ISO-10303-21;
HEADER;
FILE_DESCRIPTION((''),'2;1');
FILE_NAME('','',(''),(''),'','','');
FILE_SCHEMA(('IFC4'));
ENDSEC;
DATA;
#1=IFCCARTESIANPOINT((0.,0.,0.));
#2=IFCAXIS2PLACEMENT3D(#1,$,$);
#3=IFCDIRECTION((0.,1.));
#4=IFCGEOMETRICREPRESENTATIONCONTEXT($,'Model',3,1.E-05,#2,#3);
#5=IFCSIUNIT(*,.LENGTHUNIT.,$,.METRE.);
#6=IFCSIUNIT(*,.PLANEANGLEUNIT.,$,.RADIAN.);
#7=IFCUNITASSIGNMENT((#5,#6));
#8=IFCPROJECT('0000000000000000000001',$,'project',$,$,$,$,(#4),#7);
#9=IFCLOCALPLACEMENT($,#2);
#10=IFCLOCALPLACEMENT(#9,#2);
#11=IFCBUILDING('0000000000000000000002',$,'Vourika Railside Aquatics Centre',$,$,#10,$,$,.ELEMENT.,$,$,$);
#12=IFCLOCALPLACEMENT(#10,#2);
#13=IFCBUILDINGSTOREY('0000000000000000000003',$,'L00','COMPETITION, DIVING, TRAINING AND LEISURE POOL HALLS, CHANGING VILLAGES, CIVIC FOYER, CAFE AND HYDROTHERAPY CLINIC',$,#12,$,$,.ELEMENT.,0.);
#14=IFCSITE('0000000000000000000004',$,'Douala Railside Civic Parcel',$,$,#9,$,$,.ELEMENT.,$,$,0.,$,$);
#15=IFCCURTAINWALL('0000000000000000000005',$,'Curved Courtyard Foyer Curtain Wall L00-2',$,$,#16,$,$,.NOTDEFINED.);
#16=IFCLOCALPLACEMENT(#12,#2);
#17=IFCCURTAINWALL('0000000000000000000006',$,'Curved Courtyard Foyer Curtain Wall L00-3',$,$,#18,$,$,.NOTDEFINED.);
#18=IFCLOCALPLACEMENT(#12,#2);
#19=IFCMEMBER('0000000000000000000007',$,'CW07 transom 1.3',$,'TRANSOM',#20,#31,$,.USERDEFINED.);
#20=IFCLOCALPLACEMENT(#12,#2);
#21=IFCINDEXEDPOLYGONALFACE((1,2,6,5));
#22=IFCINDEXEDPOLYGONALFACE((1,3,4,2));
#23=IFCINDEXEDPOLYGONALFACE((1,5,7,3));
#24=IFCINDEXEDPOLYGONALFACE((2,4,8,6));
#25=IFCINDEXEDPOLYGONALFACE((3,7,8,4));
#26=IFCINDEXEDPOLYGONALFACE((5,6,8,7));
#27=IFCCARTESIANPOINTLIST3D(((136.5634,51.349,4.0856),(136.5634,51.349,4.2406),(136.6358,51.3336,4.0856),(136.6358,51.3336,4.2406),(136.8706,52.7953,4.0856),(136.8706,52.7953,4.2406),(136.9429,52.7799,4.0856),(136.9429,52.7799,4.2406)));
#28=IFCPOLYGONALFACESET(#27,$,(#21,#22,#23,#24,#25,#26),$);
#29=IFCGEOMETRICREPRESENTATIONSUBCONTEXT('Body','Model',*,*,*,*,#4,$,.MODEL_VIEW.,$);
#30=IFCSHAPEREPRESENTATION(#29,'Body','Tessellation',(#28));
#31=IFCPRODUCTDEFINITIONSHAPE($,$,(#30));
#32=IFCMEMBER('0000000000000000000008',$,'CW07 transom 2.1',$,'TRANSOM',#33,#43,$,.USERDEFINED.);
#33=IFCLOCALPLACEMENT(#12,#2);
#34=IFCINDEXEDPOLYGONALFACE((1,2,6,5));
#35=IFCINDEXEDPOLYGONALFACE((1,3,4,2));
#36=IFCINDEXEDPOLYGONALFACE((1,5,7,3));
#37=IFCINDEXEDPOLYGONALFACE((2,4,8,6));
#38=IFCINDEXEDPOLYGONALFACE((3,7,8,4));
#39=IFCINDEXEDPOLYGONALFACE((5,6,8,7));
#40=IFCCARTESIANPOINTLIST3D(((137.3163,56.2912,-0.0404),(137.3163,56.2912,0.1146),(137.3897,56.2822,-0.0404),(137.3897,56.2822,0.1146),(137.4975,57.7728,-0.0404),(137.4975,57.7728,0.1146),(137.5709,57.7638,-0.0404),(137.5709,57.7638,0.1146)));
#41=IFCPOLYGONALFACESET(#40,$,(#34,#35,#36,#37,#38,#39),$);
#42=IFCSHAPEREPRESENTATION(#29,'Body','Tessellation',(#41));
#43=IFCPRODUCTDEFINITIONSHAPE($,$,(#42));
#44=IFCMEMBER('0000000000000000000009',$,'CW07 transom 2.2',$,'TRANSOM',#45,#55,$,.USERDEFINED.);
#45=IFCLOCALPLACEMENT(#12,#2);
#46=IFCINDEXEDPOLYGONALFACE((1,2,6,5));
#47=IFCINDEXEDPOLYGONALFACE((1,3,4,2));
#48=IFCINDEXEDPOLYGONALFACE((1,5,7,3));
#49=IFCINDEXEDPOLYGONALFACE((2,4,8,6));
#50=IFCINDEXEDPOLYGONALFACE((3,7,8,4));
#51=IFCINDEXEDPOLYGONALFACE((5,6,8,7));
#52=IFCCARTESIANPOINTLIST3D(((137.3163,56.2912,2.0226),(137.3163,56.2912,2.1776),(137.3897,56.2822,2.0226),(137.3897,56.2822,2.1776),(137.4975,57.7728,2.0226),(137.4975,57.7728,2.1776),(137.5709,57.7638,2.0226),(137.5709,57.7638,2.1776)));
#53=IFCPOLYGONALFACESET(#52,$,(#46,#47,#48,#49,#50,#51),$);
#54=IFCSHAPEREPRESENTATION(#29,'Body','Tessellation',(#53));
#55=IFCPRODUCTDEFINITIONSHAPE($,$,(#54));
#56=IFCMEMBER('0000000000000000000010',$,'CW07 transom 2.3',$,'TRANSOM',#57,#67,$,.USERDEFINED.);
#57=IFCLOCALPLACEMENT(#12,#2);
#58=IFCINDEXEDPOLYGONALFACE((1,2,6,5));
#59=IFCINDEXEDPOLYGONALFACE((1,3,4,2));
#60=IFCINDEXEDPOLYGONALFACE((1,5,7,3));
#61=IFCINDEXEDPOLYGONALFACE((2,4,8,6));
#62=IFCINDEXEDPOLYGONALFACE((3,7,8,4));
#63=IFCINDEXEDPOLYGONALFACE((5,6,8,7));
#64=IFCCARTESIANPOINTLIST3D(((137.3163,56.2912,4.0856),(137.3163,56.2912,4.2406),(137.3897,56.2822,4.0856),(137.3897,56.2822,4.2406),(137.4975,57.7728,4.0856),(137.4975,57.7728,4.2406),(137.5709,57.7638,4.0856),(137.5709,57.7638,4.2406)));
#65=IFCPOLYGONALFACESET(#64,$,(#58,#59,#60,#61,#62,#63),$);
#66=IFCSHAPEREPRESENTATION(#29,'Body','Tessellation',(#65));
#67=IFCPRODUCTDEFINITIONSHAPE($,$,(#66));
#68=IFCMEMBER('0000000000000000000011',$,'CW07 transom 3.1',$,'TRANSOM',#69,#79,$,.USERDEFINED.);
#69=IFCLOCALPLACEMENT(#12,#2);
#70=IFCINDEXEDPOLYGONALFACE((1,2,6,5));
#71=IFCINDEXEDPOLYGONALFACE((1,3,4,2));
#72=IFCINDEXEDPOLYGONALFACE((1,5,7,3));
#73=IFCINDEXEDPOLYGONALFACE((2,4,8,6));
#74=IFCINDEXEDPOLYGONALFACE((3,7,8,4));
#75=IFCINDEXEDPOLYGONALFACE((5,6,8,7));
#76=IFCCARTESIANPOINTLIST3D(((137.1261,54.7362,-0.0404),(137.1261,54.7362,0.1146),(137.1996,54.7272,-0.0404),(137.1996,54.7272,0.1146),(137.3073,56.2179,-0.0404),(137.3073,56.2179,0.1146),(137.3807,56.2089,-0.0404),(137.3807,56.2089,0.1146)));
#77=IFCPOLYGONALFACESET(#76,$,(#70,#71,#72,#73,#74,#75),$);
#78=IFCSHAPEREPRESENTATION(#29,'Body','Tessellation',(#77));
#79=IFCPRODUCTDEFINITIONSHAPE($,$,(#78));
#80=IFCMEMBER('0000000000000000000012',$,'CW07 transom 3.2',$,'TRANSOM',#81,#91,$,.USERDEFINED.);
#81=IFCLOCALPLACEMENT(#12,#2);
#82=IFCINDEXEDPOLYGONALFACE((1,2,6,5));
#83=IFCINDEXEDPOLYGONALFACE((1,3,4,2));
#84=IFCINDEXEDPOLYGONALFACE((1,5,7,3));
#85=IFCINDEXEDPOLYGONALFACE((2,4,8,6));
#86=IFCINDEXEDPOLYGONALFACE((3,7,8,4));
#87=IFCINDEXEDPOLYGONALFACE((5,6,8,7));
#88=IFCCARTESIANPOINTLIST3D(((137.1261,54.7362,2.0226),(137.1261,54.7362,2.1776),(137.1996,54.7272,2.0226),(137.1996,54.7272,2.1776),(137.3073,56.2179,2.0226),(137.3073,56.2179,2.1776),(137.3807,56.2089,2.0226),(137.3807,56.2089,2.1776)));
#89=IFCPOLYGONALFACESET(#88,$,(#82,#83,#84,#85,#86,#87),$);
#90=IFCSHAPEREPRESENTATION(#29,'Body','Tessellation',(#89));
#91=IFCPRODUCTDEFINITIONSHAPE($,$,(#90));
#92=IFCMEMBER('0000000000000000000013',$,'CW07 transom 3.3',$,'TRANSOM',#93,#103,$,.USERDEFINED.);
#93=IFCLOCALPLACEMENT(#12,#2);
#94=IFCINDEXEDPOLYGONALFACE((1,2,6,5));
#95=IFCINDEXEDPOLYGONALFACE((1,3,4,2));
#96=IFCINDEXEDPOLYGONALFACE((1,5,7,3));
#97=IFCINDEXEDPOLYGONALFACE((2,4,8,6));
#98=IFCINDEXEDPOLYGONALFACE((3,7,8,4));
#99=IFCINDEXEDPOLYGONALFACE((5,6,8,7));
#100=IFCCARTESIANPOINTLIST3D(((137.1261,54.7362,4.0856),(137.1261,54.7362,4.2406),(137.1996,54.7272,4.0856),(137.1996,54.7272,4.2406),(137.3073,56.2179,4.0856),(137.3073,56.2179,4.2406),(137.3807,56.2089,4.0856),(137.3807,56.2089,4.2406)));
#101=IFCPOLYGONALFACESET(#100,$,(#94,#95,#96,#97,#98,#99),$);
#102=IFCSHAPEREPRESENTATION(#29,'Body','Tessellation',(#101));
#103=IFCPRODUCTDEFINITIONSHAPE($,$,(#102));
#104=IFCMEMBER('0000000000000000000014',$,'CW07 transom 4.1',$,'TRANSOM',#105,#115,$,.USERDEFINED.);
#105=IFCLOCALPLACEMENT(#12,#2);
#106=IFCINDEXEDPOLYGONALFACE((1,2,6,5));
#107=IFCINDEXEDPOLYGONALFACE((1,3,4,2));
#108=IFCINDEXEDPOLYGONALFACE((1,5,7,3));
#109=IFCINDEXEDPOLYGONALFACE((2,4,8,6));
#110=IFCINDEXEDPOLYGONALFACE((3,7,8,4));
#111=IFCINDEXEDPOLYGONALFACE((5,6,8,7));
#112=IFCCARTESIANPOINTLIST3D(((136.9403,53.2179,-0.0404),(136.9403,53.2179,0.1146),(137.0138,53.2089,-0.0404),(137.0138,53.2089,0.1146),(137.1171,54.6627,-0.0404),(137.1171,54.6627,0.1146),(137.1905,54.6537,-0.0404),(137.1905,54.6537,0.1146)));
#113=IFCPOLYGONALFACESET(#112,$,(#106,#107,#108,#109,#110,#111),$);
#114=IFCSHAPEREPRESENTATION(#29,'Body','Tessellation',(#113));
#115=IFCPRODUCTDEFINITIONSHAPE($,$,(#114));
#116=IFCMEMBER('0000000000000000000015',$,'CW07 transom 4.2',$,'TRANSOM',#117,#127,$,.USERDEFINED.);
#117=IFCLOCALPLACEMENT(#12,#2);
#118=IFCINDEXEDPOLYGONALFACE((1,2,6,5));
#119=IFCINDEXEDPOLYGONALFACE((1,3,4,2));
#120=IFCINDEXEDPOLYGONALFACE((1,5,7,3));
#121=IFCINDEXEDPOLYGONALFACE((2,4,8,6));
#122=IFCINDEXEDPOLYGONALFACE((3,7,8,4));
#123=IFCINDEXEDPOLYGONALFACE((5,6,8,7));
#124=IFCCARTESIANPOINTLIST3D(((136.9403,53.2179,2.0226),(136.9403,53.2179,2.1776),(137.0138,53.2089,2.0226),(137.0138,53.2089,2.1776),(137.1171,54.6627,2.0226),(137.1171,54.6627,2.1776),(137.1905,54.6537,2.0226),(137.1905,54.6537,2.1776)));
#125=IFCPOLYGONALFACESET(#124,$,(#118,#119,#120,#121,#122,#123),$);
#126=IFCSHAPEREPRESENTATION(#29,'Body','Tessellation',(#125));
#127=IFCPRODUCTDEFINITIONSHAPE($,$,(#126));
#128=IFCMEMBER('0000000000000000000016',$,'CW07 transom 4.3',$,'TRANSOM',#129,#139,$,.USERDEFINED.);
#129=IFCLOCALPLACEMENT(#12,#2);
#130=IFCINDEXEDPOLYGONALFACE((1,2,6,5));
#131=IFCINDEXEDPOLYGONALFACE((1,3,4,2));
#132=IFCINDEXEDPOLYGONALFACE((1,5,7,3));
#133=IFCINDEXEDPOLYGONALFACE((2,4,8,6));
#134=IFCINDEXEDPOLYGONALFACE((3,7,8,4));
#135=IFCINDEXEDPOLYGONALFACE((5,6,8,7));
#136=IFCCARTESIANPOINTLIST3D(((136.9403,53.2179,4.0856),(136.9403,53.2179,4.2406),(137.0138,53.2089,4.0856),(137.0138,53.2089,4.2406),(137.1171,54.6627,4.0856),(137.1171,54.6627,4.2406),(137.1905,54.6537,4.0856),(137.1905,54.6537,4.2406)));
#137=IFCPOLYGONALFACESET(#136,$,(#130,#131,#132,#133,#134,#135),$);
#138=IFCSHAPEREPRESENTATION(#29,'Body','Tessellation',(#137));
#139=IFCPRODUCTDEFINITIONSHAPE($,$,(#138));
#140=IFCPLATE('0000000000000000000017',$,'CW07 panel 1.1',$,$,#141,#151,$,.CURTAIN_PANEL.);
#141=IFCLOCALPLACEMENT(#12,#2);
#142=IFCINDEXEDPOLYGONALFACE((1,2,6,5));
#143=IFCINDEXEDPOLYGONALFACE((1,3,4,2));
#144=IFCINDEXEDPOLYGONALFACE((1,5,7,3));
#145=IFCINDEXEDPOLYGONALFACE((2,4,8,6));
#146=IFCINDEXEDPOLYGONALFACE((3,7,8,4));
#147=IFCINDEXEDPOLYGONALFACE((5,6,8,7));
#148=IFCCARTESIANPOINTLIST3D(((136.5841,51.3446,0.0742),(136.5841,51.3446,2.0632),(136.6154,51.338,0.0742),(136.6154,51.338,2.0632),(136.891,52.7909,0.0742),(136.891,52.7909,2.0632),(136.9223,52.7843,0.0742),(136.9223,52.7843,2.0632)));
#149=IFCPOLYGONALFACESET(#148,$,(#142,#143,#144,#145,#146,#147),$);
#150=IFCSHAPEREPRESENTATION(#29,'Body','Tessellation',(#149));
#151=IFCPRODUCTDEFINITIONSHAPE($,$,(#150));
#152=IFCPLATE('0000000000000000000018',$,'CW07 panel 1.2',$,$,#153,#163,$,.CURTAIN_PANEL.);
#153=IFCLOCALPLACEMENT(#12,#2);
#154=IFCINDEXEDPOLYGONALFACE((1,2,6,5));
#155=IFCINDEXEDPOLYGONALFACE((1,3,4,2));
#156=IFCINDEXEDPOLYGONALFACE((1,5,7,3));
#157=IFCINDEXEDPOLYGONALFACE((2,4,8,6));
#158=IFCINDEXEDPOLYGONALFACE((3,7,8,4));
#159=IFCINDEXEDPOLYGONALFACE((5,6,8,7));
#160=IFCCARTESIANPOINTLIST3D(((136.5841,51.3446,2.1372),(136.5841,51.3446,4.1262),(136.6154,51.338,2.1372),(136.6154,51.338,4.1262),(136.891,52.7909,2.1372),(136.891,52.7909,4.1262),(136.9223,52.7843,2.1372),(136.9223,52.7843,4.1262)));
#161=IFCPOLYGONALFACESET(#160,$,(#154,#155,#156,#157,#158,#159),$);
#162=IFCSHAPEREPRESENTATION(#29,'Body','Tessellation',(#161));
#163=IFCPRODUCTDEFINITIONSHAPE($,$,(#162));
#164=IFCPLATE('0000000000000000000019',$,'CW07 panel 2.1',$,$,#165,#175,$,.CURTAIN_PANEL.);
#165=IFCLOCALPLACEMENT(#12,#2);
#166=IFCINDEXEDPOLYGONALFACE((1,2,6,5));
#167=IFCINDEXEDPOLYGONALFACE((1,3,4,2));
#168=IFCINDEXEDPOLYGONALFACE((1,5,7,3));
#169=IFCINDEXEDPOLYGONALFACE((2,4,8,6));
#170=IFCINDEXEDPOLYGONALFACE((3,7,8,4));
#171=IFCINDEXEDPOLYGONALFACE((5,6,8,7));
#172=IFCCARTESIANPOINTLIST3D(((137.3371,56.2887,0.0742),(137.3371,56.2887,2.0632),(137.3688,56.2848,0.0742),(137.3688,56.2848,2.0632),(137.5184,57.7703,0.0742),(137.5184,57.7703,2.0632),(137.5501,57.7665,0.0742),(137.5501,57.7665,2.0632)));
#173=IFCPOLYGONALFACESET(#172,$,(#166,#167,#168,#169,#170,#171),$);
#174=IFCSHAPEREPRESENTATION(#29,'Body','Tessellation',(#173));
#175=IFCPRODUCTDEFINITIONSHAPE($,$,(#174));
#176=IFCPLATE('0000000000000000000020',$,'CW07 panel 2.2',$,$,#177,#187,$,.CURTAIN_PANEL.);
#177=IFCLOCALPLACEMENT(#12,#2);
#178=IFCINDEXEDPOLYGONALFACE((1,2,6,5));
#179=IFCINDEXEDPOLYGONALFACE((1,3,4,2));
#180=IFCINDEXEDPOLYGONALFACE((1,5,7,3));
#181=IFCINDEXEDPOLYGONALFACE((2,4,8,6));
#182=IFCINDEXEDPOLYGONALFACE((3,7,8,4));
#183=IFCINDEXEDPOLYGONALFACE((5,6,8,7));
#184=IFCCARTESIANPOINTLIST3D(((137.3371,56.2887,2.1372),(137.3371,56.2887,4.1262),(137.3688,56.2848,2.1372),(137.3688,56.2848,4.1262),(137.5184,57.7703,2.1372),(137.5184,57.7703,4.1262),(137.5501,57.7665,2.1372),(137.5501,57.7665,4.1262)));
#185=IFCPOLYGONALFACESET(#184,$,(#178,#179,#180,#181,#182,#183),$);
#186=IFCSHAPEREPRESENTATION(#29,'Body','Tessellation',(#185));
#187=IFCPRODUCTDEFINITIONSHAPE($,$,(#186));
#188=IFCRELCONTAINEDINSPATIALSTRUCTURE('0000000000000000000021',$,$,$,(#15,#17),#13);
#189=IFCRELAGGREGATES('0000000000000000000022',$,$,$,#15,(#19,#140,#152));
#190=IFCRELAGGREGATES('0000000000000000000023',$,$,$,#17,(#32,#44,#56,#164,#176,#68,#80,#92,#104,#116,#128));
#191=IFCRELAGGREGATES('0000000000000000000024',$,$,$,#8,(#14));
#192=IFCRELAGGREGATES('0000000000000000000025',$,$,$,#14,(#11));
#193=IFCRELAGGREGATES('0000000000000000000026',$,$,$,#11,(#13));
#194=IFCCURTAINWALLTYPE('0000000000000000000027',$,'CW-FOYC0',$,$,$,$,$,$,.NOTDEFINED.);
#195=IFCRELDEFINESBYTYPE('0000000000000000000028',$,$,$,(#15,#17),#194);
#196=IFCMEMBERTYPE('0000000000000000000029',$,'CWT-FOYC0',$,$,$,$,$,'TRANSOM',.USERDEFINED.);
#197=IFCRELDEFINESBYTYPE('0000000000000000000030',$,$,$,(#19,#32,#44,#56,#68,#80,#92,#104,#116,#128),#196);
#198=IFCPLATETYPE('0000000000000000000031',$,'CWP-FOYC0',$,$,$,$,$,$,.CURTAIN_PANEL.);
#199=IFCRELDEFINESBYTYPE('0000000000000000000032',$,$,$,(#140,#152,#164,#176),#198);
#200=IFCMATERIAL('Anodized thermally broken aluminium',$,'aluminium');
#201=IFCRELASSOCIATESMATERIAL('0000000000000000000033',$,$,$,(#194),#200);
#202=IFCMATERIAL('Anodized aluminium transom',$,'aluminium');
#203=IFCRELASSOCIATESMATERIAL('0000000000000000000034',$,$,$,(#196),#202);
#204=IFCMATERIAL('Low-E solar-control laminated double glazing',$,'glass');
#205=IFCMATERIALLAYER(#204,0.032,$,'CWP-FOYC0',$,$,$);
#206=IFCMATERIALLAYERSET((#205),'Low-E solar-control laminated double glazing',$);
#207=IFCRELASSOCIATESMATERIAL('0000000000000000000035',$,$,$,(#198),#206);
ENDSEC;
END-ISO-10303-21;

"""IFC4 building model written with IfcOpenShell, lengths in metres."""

from ifc_helpers import new_model, si_unit, direction, frame, origin, origin_2d, place, context, subcontext, project, spatial, rectangle, extrude, material, layer, layer_set, material_profile, profile_set, type_object, element, aggregate, save


model = new_model("IFC4")

# Units and contexts
model_context = context("Model", 3, precision=1e-05, world=origin(), true_north=direction((0.0, 1.0)))
body_context = subcontext(model_context, "Body", "Model", "MODEL_VIEW")
ifc_project = project(units=[si_unit("LENGTHUNIT", "METRE"), si_unit("PLANEANGLEUNIT", "RADIAN")], contexts=[model_context])

# Site, building, storey
site_placement = place(None, origin())
site = spatial("IfcSite", under=ifc_project, at=site_placement, Name="Douala Railside Civic Parcel", CompositionType="ELEMENT", RefElevation=0.0)
building_placement = place(site_placement, origin())
building = spatial("IfcBuilding", under=site, at=building_placement, Name="Vourika Railside Aquatics Centre", CompositionType="ELEMENT")
storey_placement = place(building_placement, origin())
storey = spatial("IfcBuildingStorey", under=building, at=storey_placement, Name="L00", Description="COMPETITION, DIVING, TRAINING AND LEISURE POOL HALLS, CHANGING VILLAGES, CIVIC FOYER, CAFE AND HYDROTHERAPY CLINIC", CompositionType="ELEMENT", Elevation=0.0)

# Curtain wall
ifc_material_1 = material(Name="Anodized thermally broken aluminium", Category="aluminium")
curtain_wall_type = type_object("IfcCurtainWallType", Name="CW-FOYC0", PredefinedType="NOTDEFINED", material=ifc_material_1)
curtain_wall_1_placement = place(storey_placement, origin())
curtain_wall_1 = element("IfcCurtainWall", 1, at=curtain_wall_1_placement, inside=storey, type_object=curtain_wall_type, Name="Curved Courtyard Foyer Curtain Wall L00-2", PredefinedType="NOTDEFINED")

# Curtain wall
curtain_wall_2_placement = place(storey_placement, origin())
curtain_wall_2 = element("IfcCurtainWall", 2, at=curtain_wall_2_placement, inside=storey, type_object=curtain_wall_type, Name="Curved Courtyard Foyer Curtain Wall L00-3", PredefinedType="NOTDEFINED")

# Members
ifc_material_2 = material(Name="Anodized aluminium transom", Category="aluminium")
ifc_material_profile_1 = material_profile(ifc_material_2, rectangle(XDim=0.074, YDim=0.155, at=origin_2d()), Name="ALU-T 74x155")
ifc_profile_set_1 = profile_set([ifc_material_profile_1], Name="Anodized aluminium transom")
member_type_1 = type_object("IfcMemberType", Name="CWT-FOYC0", ElementType="TRANSOM", PredefinedType="USERDEFINED", material=ifc_profile_set_1)
member_1_placement = place(storey_placement, frame((136.9067, 52.7876, 4.1631), z_axis=(-0.207724, -0.978187, 0.0), x_axis=(0.978187, -0.207724, 0.0)))
member_1 = element("IfcMember", 3, at=member_1_placement, type_object=member_type_1, Name="CW07 transom 1.3", ObjectType="TRANSOM", PredefinedType="USERDEFINED", context=body_context, shape_type="SweptSolid", body=[
    extrude(rectangle(XDim=0.074, YDim=0.155, at=origin_2d()), origin(), (0.0, 0.0, 1.0), 1.4785),
])
member_2_placement = place(storey_placement, frame((137.5342, 57.7683, 0.0371), z_axis=(-0.121357, -0.992609, 0.0), x_axis=(0.992609, -0.121357, 0.0)))
member_2 = element("IfcMember", 4, at=member_2_placement, type_object=member_type_1, Name="CW07 transom 2.1", ObjectType="TRANSOM", PredefinedType="USERDEFINED", context=body_context, shape_type="SweptSolid", body=[
    extrude(rectangle(XDim=0.074, YDim=0.155, at=origin_2d()), origin(), (0.0, 0.0, 1.0), 1.4927),
])
member_3_placement = place(storey_placement, frame((137.5342, 57.7683, 2.1001), z_axis=(-0.121357, -0.992609, 0.0), x_axis=(0.992609, -0.121357, 0.0)))
member_3 = element("IfcMember", 5, at=member_3_placement, type_object=member_type_1, Name="CW07 transom 2.2", ObjectType="TRANSOM", PredefinedType="USERDEFINED", context=body_context, shape_type="SweptSolid", body=[
    extrude(rectangle(XDim=0.074, YDim=0.155, at=origin_2d()), origin(), (0.0, 0.0, 1.0), 1.4927),
])
member_4_placement = place(storey_placement, frame((137.5342, 57.7683, 4.1631), z_axis=(-0.121357, -0.992609, 0.0), x_axis=(0.992609, -0.121357, 0.0)))
member_4 = element("IfcMember", 6, at=member_4_placement, type_object=member_type_1, Name="CW07 transom 2.3", ObjectType="TRANSOM", PredefinedType="USERDEFINED", context=body_context, shape_type="SweptSolid", body=[
    extrude(rectangle(XDim=0.074, YDim=0.155, at=origin_2d()), origin(), (0.0, 0.0, 1.0), 1.4927),
])
member_5_placement = place(storey_placement, frame((137.344, 56.2134, 0.0371), z_axis=(-0.121357, -0.992609, 0.0), x_axis=(0.992609, -0.121357, 0.0)))
member_5 = element("IfcMember", 7, at=member_5_placement, type_object=member_type_1, Name="CW07 transom 3.1", ObjectType="TRANSOM", PredefinedType="USERDEFINED", context=body_context, shape_type="SweptSolid", body=[
    extrude(rectangle(XDim=0.074, YDim=0.155, at=origin_2d()), origin(), (0.0, 0.0, 1.0), 1.4927),
])
member_6_placement = place(storey_placement, frame((137.344, 56.2134, 2.1001), z_axis=(-0.121357, -0.992609, 0.0), x_axis=(0.992609, -0.121357, 0.0)))
member_6 = element("IfcMember", 8, at=member_6_placement, type_object=member_type_1, Name="CW07 transom 3.2", ObjectType="TRANSOM", PredefinedType="USERDEFINED", context=body_context, shape_type="SweptSolid", body=[
    extrude(rectangle(XDim=0.074, YDim=0.155, at=origin_2d()), origin(), (0.0, 0.0, 1.0), 1.4927),
])
member_7_placement = place(storey_placement, frame((137.344, 56.2134, 4.1631), z_axis=(-0.121357, -0.992609, 0.0), x_axis=(0.992609, -0.121357, 0.0)))
member_7 = element("IfcMember", 9, at=member_7_placement, type_object=member_type_1, Name="CW07 transom 3.3", ObjectType="TRANSOM", PredefinedType="USERDEFINED", context=body_context, shape_type="SweptSolid", body=[
    extrude(rectangle(XDim=0.074, YDim=0.155, at=origin_2d()), origin(), (0.0, 0.0, 1.0), 1.4927),
])
member_8_placement = place(storey_placement, frame((137.1538, 54.6582, 0.0371), z_axis=(-0.121433, -0.9926, 0.0), x_axis=(0.9926, -0.121433, 0.0)))
member_8 = element("IfcMember", 10, at=member_8_placement, type_object=member_type_1, Name="CW07 transom 4.1", ObjectType="TRANSOM", PredefinedType="USERDEFINED", context=body_context, shape_type="SweptSolid", body=[
    extrude(rectangle(XDim=0.074, YDim=0.155, at=origin_2d()), origin(), (0.0, 0.0, 1.0), 1.4556),
])
member_9_placement = place(storey_placement, frame((137.1538, 54.6582, 2.1001), z_axis=(-0.121433, -0.9926, 0.0), x_axis=(0.9926, -0.121433, 0.0)))
member_9 = element("IfcMember", 11, at=member_9_placement, type_object=member_type_1, Name="CW07 transom 4.2", ObjectType="TRANSOM", PredefinedType="USERDEFINED", context=body_context, shape_type="SweptSolid", body=[
    extrude(rectangle(XDim=0.074, YDim=0.155, at=origin_2d()), origin(), (0.0, 0.0, 1.0), 1.4556),
])
member_10_placement = place(storey_placement, frame((137.1538, 54.6582, 4.1631), z_axis=(-0.121433, -0.9926, 0.0), x_axis=(0.9926, -0.121433, 0.0)))
member_10 = element("IfcMember", 12, at=member_10_placement, type_object=member_type_1, Name="CW07 transom 4.3", ObjectType="TRANSOM", PredefinedType="USERDEFINED", context=body_context, shape_type="SweptSolid", body=[
    extrude(rectangle(XDim=0.074, YDim=0.155, at=origin_2d()), origin(), (0.0, 0.0, 1.0), 1.4556),
])

# Plates
ifc_material_3 = material(Name="Low-E solar-control laminated double glazing", Category="glass")
ifc_layer_1 = layer(ifc_material_3, 0.032, Name="CWP-FOYC0")
ifc_layer_set_1 = layer_set([ifc_layer_1], Name="Low-E solar-control laminated double glazing")
plate_type = type_object("IfcPlateType", Name="CWP-FOYC0", PredefinedType="CURTAIN_PANEL", material=ifc_layer_set_1)
plate_1_placement = place(storey_placement, frame((136.7532, 52.0645, 0.0742), z_axis=(0.0, 0.0, 1.0), x_axis=(-0.207595, -0.978215, 0.0)))
plate_1 = element("IfcPlate", 13, at=plate_1_placement, type_object=plate_type, Name="CW07 panel 1.1", PredefinedType="CURTAIN_PANEL", context=body_context, shape_type="SweptSolid", body=[
    extrude(rectangle(XDim=1.4785, YDim=0.032, at=origin_2d()), origin(), (0.0, 0.0, 1.0), 1.989),
])
plate_2_placement = place(storey_placement, frame((136.7532, 52.0645, 2.1372), z_axis=(0.0, 0.0, 1.0), x_axis=(-0.207595, -0.978215, 0.0)))
plate_2 = element("IfcPlate", 14, at=plate_2_placement, type_object=plate_type, Name="CW07 panel 1.2", PredefinedType="CURTAIN_PANEL", context=body_context, shape_type="SweptSolid", body=[
    extrude(rectangle(XDim=1.4785, YDim=0.032, at=origin_2d()), origin(), (0.0, 0.0, 1.0), 1.989),
])
aggregate(curtain_wall_1, [member_1, plate_1, plate_2])
plate_3_placement = place(storey_placement, frame((137.4436, 57.0276, 0.0742), z_axis=(0.0, 0.0, 1.0), x_axis=(-0.121442, -0.992599, 0.0)))
plate_3 = element("IfcPlate", 15, at=plate_3_placement, type_object=plate_type, Name="CW07 panel 2.1", PredefinedType="CURTAIN_PANEL", context=body_context, shape_type="SweptSolid", body=[
    extrude(rectangle(XDim=1.4927, YDim=0.032, at=origin_2d()), origin(), (0.0, 0.0, 1.0), 1.989),
])
plate_4_placement = place(storey_placement, frame((137.4436, 57.0276, 2.1372), z_axis=(0.0, 0.0, 1.0), x_axis=(-0.121442, -0.992599, 0.0)))
plate_4 = element("IfcPlate", 16, at=plate_4_placement, type_object=plate_type, Name="CW07 panel 2.2", PredefinedType="CURTAIN_PANEL", context=body_context, shape_type="SweptSolid", body=[
    extrude(rectangle(XDim=1.4927, YDim=0.032, at=origin_2d()), origin(), (0.0, 0.0, 1.0), 1.989),
])
aggregate(curtain_wall_2, [member_2, member_3, member_4, plate_3, plate_4, member_5, member_6, member_7, member_8, member_9, member_10])

save(model, "model.ifc")
